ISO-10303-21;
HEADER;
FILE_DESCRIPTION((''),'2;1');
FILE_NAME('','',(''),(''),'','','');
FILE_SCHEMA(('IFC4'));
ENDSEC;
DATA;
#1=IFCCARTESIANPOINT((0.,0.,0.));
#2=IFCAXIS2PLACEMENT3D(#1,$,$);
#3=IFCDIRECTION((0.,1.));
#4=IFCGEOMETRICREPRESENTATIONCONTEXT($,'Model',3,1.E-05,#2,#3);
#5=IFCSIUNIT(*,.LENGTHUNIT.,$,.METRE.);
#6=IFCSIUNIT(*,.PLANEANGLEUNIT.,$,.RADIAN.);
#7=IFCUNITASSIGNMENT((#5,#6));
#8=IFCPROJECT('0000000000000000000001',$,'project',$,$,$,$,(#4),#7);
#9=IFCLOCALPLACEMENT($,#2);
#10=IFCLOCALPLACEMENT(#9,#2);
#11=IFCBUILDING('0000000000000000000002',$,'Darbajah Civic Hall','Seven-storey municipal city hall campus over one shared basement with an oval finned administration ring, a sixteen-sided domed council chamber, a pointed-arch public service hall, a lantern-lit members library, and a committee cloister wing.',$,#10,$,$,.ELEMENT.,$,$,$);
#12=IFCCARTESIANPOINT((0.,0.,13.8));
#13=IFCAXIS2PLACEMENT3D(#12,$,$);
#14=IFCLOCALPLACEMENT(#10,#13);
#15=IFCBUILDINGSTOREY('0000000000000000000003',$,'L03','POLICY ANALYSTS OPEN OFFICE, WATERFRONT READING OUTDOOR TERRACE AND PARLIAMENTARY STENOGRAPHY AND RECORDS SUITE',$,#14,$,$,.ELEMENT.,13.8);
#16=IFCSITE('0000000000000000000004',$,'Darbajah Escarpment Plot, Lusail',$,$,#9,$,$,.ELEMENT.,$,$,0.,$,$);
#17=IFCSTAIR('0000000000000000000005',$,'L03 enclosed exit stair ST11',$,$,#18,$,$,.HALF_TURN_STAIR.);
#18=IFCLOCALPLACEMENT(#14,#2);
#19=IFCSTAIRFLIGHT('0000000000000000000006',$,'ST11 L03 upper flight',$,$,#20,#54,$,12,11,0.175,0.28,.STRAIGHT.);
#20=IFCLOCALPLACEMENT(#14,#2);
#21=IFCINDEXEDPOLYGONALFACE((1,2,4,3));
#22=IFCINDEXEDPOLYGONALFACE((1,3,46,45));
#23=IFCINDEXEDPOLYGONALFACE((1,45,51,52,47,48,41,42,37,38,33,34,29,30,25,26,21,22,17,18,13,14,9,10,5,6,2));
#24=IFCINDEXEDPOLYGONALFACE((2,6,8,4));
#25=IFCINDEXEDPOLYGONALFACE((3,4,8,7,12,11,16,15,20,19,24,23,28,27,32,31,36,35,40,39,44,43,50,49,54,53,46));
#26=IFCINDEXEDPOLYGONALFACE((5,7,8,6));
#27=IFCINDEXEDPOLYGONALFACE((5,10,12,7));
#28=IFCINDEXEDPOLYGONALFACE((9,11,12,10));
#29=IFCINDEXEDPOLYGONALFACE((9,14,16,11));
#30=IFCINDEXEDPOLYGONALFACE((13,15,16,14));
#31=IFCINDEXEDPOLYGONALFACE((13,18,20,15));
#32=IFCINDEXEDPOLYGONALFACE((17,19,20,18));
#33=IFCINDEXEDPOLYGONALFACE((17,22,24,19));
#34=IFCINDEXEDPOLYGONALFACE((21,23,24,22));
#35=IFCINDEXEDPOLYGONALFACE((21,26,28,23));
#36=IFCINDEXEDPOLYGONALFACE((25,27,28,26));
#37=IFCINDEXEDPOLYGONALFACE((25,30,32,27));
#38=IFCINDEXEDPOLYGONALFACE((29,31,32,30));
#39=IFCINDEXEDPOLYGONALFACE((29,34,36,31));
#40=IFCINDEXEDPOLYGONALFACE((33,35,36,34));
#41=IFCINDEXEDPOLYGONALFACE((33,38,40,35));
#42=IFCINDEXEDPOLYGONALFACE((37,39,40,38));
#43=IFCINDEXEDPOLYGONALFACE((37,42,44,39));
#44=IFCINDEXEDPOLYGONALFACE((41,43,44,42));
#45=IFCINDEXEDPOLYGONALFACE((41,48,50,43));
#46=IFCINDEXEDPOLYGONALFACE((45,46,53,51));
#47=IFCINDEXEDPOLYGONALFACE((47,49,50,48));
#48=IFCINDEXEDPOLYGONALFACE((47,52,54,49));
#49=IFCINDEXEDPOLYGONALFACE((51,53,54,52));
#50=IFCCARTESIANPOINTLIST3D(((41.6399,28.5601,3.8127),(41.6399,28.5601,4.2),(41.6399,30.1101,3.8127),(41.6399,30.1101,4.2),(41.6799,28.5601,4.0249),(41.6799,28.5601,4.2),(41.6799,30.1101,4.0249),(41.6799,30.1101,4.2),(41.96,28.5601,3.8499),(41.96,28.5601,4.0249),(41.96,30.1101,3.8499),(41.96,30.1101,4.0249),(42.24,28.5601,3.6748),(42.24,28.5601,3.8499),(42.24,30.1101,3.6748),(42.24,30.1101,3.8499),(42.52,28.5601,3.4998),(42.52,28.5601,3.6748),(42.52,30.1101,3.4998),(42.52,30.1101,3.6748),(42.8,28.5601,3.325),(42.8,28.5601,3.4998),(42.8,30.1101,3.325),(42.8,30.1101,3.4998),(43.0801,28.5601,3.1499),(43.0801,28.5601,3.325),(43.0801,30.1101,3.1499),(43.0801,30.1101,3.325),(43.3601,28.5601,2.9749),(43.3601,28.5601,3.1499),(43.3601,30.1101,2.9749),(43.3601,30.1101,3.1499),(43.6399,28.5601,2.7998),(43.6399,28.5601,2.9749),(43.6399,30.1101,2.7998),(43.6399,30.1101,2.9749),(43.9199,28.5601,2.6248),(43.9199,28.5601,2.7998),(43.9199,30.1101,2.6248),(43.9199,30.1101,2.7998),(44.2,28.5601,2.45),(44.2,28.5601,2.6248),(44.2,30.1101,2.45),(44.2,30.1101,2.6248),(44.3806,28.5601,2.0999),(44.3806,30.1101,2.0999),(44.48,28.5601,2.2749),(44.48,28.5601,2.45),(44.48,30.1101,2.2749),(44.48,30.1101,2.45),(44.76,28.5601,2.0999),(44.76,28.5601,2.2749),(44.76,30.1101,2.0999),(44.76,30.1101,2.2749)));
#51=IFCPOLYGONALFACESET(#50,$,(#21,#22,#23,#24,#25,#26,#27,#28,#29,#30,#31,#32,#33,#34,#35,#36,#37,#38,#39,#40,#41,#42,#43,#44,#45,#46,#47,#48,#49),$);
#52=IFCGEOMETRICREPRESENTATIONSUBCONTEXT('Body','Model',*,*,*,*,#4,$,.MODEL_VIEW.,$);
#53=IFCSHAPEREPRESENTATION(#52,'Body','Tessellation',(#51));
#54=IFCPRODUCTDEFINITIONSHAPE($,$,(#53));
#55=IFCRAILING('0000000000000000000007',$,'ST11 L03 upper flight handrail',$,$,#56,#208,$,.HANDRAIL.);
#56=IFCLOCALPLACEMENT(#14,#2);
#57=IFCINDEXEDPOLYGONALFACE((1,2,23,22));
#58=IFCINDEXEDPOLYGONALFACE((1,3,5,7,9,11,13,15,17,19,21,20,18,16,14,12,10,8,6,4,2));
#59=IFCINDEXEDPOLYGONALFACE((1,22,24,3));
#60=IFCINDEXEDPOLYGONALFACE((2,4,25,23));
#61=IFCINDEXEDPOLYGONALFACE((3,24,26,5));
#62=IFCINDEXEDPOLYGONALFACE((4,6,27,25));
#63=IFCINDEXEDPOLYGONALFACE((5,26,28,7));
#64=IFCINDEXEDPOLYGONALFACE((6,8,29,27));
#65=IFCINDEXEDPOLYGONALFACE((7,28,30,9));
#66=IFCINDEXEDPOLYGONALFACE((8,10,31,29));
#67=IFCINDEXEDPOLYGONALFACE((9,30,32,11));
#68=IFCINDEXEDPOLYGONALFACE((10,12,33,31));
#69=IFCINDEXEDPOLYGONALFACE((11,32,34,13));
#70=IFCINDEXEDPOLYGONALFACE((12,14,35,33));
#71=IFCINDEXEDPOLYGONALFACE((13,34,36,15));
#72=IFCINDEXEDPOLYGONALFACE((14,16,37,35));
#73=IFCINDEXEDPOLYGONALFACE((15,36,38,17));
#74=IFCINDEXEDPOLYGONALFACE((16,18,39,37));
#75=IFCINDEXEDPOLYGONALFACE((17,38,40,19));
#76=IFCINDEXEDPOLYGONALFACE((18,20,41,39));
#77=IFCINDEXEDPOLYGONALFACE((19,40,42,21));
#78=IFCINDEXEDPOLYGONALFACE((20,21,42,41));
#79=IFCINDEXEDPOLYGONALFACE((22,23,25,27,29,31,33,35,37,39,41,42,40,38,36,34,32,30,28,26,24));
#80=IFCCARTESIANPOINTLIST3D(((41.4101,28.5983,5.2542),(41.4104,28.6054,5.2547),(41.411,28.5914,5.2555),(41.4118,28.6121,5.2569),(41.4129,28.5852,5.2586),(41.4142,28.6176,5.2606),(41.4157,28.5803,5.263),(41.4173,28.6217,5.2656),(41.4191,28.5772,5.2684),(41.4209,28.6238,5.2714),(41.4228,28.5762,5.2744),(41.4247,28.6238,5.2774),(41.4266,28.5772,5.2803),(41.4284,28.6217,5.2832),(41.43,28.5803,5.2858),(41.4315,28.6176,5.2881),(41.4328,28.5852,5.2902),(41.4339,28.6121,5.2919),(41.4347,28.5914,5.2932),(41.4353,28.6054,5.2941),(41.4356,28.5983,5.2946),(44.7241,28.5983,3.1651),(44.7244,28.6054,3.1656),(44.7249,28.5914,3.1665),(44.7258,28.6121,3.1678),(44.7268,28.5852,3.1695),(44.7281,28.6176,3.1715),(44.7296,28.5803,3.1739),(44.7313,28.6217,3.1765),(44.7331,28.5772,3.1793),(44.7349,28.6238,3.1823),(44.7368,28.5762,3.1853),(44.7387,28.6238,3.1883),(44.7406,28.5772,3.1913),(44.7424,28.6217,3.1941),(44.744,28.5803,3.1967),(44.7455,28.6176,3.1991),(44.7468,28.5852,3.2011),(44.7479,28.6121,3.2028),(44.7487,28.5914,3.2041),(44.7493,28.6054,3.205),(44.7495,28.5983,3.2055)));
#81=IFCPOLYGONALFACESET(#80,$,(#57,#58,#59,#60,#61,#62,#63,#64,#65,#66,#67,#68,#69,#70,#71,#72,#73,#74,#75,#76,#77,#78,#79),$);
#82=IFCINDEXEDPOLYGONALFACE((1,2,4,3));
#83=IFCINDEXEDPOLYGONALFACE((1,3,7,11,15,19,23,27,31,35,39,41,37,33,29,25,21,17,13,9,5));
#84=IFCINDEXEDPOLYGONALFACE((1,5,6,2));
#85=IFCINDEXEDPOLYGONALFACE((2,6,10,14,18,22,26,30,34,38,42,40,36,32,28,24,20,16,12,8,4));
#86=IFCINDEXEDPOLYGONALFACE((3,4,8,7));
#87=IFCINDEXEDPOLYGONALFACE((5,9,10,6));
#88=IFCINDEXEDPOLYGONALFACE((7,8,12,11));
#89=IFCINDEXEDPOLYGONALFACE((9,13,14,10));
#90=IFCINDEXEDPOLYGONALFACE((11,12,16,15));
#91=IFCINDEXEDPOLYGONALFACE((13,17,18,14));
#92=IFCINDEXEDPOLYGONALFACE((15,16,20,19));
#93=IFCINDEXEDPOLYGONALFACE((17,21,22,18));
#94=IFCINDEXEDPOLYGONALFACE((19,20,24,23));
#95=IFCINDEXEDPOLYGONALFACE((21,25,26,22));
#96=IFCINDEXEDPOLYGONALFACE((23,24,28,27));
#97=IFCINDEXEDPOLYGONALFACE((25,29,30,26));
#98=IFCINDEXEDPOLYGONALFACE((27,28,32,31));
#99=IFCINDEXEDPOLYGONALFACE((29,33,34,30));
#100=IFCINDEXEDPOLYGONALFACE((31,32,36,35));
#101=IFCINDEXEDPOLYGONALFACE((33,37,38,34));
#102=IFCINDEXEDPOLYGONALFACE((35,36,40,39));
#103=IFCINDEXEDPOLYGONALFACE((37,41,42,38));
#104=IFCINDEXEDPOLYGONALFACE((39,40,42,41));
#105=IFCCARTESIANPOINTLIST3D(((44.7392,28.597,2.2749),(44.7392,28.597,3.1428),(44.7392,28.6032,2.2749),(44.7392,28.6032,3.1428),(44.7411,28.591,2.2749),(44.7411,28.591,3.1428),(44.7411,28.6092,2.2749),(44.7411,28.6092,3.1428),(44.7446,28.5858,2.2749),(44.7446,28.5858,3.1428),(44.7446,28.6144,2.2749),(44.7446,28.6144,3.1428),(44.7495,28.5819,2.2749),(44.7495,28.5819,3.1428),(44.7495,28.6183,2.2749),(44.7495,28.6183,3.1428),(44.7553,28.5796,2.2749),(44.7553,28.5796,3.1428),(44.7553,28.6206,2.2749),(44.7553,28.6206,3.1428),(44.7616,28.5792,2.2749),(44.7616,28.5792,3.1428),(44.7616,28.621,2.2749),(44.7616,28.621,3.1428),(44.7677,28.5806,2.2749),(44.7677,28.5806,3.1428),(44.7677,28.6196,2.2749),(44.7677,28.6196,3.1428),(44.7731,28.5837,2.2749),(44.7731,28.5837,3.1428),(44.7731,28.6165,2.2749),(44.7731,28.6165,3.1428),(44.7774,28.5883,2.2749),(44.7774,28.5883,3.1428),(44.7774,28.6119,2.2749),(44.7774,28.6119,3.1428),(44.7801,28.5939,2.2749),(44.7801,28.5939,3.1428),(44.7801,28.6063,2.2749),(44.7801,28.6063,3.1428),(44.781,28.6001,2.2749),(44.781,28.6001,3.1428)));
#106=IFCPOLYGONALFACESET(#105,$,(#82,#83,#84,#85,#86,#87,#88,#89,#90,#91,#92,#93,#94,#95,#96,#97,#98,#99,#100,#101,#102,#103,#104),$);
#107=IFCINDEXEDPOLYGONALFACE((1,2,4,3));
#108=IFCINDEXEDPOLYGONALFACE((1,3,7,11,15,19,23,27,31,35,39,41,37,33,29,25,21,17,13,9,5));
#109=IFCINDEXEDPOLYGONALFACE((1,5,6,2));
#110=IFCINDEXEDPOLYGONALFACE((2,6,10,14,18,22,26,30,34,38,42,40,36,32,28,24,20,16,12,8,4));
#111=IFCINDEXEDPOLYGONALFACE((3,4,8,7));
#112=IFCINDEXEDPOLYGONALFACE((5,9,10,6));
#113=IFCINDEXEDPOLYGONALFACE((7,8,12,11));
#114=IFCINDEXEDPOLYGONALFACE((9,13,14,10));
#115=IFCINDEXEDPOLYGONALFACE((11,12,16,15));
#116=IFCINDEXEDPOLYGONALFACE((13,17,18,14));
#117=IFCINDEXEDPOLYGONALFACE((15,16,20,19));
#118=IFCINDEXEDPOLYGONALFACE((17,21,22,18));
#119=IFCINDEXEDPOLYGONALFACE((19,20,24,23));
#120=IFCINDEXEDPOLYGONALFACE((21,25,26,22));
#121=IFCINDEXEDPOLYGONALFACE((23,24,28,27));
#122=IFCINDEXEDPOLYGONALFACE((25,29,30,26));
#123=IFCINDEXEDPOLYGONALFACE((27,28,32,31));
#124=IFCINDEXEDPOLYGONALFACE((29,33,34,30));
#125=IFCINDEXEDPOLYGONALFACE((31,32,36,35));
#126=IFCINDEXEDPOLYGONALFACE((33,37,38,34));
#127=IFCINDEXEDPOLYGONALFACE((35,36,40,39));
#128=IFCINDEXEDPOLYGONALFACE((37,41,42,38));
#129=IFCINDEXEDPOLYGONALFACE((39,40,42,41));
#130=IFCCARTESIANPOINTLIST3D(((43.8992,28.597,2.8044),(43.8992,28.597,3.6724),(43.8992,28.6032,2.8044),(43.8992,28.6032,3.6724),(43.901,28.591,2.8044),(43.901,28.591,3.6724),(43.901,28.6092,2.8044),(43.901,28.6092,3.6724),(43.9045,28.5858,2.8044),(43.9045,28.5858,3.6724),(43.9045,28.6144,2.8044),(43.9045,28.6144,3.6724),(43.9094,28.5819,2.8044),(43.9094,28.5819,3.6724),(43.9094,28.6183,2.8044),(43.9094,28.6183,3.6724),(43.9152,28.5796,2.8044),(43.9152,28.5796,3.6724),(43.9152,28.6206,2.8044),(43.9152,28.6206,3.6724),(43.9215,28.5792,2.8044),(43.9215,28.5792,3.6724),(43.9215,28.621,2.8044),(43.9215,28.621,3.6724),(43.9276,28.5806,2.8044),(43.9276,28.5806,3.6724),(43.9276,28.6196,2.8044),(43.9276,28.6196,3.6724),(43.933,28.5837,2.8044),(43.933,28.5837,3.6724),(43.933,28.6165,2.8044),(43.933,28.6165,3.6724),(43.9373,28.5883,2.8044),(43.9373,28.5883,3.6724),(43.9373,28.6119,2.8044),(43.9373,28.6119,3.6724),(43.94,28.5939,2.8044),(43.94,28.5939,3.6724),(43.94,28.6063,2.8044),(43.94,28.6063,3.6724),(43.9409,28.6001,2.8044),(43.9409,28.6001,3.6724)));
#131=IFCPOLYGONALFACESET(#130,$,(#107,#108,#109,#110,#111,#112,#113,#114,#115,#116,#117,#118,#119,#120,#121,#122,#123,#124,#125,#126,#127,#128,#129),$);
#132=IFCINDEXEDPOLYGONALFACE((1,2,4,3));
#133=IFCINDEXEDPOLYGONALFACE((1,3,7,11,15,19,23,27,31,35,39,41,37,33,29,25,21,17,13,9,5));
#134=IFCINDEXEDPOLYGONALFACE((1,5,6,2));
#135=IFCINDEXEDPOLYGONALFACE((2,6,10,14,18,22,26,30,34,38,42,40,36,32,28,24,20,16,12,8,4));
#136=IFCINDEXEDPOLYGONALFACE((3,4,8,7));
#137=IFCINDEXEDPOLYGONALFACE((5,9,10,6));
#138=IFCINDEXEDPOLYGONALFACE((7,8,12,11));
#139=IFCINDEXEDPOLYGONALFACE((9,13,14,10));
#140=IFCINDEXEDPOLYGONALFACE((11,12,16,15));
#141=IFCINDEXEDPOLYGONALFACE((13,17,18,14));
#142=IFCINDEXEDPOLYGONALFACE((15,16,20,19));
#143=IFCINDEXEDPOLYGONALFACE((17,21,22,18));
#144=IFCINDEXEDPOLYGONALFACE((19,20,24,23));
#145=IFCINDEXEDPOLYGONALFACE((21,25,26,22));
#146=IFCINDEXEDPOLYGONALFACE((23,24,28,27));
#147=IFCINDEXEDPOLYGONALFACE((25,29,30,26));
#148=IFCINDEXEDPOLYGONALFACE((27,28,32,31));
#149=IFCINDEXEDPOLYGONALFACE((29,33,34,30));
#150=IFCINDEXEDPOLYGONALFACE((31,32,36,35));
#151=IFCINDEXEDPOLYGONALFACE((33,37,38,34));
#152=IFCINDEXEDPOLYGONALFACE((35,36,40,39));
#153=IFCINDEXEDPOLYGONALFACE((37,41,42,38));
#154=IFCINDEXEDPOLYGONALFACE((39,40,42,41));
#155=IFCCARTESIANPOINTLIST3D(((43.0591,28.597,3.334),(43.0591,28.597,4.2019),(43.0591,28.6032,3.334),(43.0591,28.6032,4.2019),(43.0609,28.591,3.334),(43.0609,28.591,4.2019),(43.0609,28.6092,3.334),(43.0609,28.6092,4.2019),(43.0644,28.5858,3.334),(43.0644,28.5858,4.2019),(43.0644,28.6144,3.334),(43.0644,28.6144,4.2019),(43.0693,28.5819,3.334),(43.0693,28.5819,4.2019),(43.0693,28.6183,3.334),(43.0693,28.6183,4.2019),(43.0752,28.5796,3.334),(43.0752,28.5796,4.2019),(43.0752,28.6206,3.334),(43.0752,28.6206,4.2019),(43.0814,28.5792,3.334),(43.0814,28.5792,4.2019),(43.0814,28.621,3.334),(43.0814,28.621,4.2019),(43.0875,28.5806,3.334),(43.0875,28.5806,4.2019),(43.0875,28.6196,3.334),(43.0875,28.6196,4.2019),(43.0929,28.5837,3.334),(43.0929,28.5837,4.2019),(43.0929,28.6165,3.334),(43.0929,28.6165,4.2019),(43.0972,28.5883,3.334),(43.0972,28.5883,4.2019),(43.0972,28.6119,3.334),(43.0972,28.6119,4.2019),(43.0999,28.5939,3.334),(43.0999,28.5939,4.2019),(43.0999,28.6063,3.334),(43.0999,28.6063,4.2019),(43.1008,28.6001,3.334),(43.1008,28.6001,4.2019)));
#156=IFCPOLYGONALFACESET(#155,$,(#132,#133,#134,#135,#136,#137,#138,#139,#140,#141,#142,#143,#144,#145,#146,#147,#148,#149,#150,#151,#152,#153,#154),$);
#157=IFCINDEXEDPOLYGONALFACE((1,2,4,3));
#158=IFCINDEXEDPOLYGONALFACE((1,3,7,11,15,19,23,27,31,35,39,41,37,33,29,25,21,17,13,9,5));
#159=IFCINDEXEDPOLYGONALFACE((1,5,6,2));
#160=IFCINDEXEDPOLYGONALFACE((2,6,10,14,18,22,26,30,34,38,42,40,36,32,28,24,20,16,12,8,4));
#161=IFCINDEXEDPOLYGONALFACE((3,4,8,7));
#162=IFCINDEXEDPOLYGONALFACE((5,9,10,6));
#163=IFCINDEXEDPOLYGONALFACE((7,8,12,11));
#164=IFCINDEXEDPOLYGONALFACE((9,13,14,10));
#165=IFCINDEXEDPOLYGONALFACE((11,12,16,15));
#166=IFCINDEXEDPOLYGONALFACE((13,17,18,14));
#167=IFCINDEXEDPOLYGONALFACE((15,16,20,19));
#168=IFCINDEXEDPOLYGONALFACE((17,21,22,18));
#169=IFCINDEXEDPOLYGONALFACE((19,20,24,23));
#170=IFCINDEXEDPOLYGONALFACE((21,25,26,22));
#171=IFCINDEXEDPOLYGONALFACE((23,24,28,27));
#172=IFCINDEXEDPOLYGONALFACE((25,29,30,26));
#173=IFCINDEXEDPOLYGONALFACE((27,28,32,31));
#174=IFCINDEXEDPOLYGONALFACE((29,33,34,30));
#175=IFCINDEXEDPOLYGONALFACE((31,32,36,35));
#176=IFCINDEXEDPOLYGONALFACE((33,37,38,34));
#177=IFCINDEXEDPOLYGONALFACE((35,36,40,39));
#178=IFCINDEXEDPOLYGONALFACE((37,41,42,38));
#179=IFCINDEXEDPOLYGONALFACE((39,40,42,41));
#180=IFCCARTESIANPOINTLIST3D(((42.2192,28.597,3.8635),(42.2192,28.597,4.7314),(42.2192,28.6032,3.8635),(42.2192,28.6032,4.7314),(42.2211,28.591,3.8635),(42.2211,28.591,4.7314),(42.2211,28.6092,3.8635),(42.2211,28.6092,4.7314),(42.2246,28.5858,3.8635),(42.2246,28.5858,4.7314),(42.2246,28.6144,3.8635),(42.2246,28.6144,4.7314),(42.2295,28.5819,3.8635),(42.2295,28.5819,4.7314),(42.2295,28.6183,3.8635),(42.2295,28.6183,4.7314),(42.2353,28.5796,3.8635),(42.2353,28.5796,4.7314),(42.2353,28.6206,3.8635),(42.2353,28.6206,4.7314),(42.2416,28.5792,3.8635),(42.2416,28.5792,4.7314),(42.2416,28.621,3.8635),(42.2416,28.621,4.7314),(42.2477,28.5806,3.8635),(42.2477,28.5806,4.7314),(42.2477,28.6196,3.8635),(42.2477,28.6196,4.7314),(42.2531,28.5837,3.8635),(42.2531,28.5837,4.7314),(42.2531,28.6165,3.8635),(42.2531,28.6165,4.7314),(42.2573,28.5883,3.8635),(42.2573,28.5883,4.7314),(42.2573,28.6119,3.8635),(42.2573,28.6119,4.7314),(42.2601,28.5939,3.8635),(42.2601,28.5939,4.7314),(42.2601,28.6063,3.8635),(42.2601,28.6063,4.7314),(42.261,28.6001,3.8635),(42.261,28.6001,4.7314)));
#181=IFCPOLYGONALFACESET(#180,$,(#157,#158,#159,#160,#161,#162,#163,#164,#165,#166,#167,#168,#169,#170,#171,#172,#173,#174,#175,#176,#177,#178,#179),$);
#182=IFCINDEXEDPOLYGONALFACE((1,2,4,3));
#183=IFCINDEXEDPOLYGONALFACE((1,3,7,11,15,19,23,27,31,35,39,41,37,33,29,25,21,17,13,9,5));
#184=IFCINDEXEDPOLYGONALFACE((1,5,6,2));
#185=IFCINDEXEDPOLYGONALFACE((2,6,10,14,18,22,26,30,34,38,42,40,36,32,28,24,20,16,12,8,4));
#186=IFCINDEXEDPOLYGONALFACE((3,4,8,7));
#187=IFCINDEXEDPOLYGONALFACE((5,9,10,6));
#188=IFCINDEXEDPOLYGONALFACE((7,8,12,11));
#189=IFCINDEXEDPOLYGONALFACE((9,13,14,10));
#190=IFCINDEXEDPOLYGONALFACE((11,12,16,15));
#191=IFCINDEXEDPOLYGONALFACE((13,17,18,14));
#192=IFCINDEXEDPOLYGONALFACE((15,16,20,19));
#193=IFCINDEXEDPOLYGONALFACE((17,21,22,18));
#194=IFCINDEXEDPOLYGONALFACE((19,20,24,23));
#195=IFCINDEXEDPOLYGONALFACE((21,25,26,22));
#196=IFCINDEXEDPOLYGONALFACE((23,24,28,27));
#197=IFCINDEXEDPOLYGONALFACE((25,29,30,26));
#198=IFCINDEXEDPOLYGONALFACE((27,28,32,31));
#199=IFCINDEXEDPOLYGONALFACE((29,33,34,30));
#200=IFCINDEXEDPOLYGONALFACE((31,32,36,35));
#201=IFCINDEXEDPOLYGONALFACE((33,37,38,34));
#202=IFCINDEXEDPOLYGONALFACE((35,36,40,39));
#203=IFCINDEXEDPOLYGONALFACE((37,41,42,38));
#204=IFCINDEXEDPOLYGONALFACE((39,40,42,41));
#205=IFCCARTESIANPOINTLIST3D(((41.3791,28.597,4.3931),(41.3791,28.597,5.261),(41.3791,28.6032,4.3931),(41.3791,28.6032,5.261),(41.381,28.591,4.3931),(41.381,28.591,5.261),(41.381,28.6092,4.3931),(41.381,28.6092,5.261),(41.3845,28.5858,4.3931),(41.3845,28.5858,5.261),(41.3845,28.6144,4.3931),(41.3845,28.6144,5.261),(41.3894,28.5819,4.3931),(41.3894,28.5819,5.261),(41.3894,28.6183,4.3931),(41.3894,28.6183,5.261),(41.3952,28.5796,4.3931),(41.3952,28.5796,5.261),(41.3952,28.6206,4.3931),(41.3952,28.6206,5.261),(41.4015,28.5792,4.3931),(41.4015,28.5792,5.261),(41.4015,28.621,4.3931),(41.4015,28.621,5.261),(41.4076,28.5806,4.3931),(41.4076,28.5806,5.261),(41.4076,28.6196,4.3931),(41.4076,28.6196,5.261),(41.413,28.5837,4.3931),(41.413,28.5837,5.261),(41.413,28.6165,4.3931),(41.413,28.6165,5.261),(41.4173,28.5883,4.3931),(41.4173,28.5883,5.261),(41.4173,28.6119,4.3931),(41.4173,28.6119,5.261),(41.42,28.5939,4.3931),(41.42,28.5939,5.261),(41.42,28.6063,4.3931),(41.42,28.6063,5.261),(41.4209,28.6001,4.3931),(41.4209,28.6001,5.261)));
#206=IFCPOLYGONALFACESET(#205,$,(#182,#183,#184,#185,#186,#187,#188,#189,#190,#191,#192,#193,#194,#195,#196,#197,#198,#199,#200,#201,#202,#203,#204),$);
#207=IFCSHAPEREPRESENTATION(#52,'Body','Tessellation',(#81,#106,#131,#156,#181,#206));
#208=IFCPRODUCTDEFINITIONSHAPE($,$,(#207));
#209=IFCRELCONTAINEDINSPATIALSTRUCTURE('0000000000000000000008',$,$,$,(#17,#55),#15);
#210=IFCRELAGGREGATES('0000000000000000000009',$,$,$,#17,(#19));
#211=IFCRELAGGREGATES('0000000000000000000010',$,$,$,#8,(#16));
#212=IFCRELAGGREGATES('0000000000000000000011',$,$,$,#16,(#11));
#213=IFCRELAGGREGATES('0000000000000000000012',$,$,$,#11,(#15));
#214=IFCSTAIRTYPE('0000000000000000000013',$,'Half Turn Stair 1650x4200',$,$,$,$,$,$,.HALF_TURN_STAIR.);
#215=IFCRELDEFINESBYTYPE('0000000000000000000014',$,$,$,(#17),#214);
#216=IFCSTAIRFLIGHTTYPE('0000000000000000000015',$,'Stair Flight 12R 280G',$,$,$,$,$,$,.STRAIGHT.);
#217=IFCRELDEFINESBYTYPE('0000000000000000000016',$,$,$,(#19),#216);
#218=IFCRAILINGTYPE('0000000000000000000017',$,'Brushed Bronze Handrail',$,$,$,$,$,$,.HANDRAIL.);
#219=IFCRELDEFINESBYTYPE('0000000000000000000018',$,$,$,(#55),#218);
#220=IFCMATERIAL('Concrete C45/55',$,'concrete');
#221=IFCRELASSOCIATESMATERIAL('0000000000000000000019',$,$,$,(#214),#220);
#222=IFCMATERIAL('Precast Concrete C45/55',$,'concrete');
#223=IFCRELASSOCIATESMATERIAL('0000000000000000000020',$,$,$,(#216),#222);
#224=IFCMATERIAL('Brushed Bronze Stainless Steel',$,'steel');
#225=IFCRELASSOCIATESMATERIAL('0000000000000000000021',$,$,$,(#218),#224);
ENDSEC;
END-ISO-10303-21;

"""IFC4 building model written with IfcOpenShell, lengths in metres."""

from ifc_helpers import new_model, si_unit, direction, frame, origin, origin_2d, place, context, subcontext, project, spatial, polyline, circle, outline, extrude, material, type_object, element, aggregate, save


model = new_model("IFC4")

# Units and contexts
model_context = context("Model", 3, precision=1e-05, world=origin(), true_north=direction((0.0, 1.0)))
body_context = subcontext(model_context, "Body", "Model", "MODEL_VIEW")
ifc_project = project(units=[si_unit("LENGTHUNIT", "METRE"), si_unit("PLANEANGLEUNIT", "RADIAN")], contexts=[model_context])

# Site, building, storey
site_placement = place(None, origin())
site = spatial("IfcSite", under=ifc_project, at=site_placement, Name="Darbajah Escarpment Plot, Lusail", CompositionType="ELEMENT", RefElevation=0.0)
building_placement = place(site_placement, origin())
building = spatial("IfcBuilding", under=site, at=building_placement, Name="Darbajah Civic Hall", Description="Seven-storey municipal city hall campus over one shared basement with an oval finned administration ring, a sixteen-sided domed council chamber, a pointed-arch public service hall, a lantern-lit members library, and a committee cloister wing.", CompositionType="ELEMENT")
storey_placement = place(building_placement, frame((0.0, 0.0, 13.8)))
storey = spatial("IfcBuildingStorey", under=building, at=storey_placement, Name="L03", Description="POLICY ANALYSTS OPEN OFFICE, WATERFRONT READING OUTDOOR TERRACE AND PARLIAMENTARY STENOGRAPHY AND RECORDS SUITE", CompositionType="ELEMENT", Elevation=13.8)

# Shared definitions
ifc_material_1 = material(Name="Concrete C45/55", Category="concrete")

# Stair, stair flight
stair_type = type_object("IfcStairType", Name="Half Turn Stair 1650x4200", PredefinedType="HALF_TURN_STAIR", material=ifc_material_1)
stair_placement = place(storey_placement, origin())
stair = element("IfcStair", 1, at=stair_placement, inside=storey, type_object=stair_type, Name="L03 enclosed exit stair ST11", PredefinedType="HALF_TURN_STAIR")
ifc_material_2 = material(Name="Precast Concrete C45/55", Category="concrete")
stair_flight_type = type_object("IfcStairFlightType", Name="Stair Flight 12R 280G", PredefinedType="STRAIGHT", material=ifc_material_2)
stair_flight_placement = place(storey_placement, frame((44.76, 29.335, 2.0999), z_axis=(0.0, 0.0, 1.0), x_axis=(-1.0, 0.0, 0.0)))
stair_flight = element("IfcStairFlight", 2, at=stair_flight_placement, type_object=stair_flight_type, Name="ST11 L03 upper flight", NumberOfRisers=12, NumberOfTreads=11, PredefinedType="STRAIGHT", RiserHeight=0.175, TreadLength=0.28, context=body_context, shape_type="SweptSolid", body=[
    extrude(outline(polyline([(0.0, 0.0), (0.0, 0.175), (0.28, 0.175), (0.28, 0.3501), (0.5601, 0.3501), (0.5601, 0.5249), (0.8401, 0.5249), (0.8401, 0.7), (1.1201, 0.7), (1.1201, 0.875), (1.3999, 0.875), (1.3999, 1.05), (1.6799, 1.05), (1.6799, 1.2251), (1.96, 1.2251), (1.96, 1.3999), (2.24, 1.3999), (2.24, 1.575), (2.52, 1.575), (2.52, 1.75), (2.8, 1.75), (2.8, 1.925), (3.0801, 1.925), (3.0801, 2.1001), (3.1201, 2.1001), (3.1201, 1.7129), (0.3794, 0.0), (0.0, 0.0)])), frame((0.0, 0.7749, 0.0), z_axis=(0.0, -1.0, 0.0), x_axis=(1.0, 0.0, 0.0)), (0.0, 0.0, 1.0), 1.55),
])
aggregate(stair, [stair_flight])

# Railing
ifc_material_3 = material(Name="Brushed Bronze Stainless Steel", Category="steel")
railing_type_1 = type_object("IfcRailingType", Name="Brushed Bronze Handrail", PredefinedType="HANDRAIL", material=ifc_material_3)
railing_1_placement = place(storey_placement, frame((44.76, 28.6001, 2.2749)))
element("IfcRailing", 3, at=railing_1_placement, inside=storey, type_object=railing_type_1, Name="ST11 L03 upper flight handrail", PredefinedType="HANDRAIL", context=body_context, shape_type="SweptSolid", body=[
    extrude(circle(Radius=0.0239, at=origin_2d()), frame((-0.0232, 0.0, 0.9104), z_axis=(-0.845944, 0.0, 0.533271), x_axis=(0.0, -1.0, 0.0)), (0.0, 0.0, 1.0), 3.9175),
    extrude(circle(Radius=0.021, at=origin_2d()), origin(), (0.0, 0.0, 1.0), 0.8679),
    extrude(circle(Radius=0.021, at=origin_2d()), frame((-0.8401, 0.0, 0.5295)), (0.0, 0.0, 1.0), 0.8679),
    extrude(circle(Radius=0.021, at=origin_2d()), frame((-1.6802, 0.0, 1.0591)), (0.0, 0.0, 1.0), 0.8679),
    extrude(circle(Radius=0.021, at=origin_2d()), frame((-2.52, 0.0, 1.5886)), (0.0, 0.0, 1.0), 0.8679),
    extrude(circle(Radius=0.021, at=origin_2d()), frame((-3.3601, 0.0, 2.1182)), (0.0, 0.0, 1.0), 0.8679),
])

save(model, "model.ifc")
